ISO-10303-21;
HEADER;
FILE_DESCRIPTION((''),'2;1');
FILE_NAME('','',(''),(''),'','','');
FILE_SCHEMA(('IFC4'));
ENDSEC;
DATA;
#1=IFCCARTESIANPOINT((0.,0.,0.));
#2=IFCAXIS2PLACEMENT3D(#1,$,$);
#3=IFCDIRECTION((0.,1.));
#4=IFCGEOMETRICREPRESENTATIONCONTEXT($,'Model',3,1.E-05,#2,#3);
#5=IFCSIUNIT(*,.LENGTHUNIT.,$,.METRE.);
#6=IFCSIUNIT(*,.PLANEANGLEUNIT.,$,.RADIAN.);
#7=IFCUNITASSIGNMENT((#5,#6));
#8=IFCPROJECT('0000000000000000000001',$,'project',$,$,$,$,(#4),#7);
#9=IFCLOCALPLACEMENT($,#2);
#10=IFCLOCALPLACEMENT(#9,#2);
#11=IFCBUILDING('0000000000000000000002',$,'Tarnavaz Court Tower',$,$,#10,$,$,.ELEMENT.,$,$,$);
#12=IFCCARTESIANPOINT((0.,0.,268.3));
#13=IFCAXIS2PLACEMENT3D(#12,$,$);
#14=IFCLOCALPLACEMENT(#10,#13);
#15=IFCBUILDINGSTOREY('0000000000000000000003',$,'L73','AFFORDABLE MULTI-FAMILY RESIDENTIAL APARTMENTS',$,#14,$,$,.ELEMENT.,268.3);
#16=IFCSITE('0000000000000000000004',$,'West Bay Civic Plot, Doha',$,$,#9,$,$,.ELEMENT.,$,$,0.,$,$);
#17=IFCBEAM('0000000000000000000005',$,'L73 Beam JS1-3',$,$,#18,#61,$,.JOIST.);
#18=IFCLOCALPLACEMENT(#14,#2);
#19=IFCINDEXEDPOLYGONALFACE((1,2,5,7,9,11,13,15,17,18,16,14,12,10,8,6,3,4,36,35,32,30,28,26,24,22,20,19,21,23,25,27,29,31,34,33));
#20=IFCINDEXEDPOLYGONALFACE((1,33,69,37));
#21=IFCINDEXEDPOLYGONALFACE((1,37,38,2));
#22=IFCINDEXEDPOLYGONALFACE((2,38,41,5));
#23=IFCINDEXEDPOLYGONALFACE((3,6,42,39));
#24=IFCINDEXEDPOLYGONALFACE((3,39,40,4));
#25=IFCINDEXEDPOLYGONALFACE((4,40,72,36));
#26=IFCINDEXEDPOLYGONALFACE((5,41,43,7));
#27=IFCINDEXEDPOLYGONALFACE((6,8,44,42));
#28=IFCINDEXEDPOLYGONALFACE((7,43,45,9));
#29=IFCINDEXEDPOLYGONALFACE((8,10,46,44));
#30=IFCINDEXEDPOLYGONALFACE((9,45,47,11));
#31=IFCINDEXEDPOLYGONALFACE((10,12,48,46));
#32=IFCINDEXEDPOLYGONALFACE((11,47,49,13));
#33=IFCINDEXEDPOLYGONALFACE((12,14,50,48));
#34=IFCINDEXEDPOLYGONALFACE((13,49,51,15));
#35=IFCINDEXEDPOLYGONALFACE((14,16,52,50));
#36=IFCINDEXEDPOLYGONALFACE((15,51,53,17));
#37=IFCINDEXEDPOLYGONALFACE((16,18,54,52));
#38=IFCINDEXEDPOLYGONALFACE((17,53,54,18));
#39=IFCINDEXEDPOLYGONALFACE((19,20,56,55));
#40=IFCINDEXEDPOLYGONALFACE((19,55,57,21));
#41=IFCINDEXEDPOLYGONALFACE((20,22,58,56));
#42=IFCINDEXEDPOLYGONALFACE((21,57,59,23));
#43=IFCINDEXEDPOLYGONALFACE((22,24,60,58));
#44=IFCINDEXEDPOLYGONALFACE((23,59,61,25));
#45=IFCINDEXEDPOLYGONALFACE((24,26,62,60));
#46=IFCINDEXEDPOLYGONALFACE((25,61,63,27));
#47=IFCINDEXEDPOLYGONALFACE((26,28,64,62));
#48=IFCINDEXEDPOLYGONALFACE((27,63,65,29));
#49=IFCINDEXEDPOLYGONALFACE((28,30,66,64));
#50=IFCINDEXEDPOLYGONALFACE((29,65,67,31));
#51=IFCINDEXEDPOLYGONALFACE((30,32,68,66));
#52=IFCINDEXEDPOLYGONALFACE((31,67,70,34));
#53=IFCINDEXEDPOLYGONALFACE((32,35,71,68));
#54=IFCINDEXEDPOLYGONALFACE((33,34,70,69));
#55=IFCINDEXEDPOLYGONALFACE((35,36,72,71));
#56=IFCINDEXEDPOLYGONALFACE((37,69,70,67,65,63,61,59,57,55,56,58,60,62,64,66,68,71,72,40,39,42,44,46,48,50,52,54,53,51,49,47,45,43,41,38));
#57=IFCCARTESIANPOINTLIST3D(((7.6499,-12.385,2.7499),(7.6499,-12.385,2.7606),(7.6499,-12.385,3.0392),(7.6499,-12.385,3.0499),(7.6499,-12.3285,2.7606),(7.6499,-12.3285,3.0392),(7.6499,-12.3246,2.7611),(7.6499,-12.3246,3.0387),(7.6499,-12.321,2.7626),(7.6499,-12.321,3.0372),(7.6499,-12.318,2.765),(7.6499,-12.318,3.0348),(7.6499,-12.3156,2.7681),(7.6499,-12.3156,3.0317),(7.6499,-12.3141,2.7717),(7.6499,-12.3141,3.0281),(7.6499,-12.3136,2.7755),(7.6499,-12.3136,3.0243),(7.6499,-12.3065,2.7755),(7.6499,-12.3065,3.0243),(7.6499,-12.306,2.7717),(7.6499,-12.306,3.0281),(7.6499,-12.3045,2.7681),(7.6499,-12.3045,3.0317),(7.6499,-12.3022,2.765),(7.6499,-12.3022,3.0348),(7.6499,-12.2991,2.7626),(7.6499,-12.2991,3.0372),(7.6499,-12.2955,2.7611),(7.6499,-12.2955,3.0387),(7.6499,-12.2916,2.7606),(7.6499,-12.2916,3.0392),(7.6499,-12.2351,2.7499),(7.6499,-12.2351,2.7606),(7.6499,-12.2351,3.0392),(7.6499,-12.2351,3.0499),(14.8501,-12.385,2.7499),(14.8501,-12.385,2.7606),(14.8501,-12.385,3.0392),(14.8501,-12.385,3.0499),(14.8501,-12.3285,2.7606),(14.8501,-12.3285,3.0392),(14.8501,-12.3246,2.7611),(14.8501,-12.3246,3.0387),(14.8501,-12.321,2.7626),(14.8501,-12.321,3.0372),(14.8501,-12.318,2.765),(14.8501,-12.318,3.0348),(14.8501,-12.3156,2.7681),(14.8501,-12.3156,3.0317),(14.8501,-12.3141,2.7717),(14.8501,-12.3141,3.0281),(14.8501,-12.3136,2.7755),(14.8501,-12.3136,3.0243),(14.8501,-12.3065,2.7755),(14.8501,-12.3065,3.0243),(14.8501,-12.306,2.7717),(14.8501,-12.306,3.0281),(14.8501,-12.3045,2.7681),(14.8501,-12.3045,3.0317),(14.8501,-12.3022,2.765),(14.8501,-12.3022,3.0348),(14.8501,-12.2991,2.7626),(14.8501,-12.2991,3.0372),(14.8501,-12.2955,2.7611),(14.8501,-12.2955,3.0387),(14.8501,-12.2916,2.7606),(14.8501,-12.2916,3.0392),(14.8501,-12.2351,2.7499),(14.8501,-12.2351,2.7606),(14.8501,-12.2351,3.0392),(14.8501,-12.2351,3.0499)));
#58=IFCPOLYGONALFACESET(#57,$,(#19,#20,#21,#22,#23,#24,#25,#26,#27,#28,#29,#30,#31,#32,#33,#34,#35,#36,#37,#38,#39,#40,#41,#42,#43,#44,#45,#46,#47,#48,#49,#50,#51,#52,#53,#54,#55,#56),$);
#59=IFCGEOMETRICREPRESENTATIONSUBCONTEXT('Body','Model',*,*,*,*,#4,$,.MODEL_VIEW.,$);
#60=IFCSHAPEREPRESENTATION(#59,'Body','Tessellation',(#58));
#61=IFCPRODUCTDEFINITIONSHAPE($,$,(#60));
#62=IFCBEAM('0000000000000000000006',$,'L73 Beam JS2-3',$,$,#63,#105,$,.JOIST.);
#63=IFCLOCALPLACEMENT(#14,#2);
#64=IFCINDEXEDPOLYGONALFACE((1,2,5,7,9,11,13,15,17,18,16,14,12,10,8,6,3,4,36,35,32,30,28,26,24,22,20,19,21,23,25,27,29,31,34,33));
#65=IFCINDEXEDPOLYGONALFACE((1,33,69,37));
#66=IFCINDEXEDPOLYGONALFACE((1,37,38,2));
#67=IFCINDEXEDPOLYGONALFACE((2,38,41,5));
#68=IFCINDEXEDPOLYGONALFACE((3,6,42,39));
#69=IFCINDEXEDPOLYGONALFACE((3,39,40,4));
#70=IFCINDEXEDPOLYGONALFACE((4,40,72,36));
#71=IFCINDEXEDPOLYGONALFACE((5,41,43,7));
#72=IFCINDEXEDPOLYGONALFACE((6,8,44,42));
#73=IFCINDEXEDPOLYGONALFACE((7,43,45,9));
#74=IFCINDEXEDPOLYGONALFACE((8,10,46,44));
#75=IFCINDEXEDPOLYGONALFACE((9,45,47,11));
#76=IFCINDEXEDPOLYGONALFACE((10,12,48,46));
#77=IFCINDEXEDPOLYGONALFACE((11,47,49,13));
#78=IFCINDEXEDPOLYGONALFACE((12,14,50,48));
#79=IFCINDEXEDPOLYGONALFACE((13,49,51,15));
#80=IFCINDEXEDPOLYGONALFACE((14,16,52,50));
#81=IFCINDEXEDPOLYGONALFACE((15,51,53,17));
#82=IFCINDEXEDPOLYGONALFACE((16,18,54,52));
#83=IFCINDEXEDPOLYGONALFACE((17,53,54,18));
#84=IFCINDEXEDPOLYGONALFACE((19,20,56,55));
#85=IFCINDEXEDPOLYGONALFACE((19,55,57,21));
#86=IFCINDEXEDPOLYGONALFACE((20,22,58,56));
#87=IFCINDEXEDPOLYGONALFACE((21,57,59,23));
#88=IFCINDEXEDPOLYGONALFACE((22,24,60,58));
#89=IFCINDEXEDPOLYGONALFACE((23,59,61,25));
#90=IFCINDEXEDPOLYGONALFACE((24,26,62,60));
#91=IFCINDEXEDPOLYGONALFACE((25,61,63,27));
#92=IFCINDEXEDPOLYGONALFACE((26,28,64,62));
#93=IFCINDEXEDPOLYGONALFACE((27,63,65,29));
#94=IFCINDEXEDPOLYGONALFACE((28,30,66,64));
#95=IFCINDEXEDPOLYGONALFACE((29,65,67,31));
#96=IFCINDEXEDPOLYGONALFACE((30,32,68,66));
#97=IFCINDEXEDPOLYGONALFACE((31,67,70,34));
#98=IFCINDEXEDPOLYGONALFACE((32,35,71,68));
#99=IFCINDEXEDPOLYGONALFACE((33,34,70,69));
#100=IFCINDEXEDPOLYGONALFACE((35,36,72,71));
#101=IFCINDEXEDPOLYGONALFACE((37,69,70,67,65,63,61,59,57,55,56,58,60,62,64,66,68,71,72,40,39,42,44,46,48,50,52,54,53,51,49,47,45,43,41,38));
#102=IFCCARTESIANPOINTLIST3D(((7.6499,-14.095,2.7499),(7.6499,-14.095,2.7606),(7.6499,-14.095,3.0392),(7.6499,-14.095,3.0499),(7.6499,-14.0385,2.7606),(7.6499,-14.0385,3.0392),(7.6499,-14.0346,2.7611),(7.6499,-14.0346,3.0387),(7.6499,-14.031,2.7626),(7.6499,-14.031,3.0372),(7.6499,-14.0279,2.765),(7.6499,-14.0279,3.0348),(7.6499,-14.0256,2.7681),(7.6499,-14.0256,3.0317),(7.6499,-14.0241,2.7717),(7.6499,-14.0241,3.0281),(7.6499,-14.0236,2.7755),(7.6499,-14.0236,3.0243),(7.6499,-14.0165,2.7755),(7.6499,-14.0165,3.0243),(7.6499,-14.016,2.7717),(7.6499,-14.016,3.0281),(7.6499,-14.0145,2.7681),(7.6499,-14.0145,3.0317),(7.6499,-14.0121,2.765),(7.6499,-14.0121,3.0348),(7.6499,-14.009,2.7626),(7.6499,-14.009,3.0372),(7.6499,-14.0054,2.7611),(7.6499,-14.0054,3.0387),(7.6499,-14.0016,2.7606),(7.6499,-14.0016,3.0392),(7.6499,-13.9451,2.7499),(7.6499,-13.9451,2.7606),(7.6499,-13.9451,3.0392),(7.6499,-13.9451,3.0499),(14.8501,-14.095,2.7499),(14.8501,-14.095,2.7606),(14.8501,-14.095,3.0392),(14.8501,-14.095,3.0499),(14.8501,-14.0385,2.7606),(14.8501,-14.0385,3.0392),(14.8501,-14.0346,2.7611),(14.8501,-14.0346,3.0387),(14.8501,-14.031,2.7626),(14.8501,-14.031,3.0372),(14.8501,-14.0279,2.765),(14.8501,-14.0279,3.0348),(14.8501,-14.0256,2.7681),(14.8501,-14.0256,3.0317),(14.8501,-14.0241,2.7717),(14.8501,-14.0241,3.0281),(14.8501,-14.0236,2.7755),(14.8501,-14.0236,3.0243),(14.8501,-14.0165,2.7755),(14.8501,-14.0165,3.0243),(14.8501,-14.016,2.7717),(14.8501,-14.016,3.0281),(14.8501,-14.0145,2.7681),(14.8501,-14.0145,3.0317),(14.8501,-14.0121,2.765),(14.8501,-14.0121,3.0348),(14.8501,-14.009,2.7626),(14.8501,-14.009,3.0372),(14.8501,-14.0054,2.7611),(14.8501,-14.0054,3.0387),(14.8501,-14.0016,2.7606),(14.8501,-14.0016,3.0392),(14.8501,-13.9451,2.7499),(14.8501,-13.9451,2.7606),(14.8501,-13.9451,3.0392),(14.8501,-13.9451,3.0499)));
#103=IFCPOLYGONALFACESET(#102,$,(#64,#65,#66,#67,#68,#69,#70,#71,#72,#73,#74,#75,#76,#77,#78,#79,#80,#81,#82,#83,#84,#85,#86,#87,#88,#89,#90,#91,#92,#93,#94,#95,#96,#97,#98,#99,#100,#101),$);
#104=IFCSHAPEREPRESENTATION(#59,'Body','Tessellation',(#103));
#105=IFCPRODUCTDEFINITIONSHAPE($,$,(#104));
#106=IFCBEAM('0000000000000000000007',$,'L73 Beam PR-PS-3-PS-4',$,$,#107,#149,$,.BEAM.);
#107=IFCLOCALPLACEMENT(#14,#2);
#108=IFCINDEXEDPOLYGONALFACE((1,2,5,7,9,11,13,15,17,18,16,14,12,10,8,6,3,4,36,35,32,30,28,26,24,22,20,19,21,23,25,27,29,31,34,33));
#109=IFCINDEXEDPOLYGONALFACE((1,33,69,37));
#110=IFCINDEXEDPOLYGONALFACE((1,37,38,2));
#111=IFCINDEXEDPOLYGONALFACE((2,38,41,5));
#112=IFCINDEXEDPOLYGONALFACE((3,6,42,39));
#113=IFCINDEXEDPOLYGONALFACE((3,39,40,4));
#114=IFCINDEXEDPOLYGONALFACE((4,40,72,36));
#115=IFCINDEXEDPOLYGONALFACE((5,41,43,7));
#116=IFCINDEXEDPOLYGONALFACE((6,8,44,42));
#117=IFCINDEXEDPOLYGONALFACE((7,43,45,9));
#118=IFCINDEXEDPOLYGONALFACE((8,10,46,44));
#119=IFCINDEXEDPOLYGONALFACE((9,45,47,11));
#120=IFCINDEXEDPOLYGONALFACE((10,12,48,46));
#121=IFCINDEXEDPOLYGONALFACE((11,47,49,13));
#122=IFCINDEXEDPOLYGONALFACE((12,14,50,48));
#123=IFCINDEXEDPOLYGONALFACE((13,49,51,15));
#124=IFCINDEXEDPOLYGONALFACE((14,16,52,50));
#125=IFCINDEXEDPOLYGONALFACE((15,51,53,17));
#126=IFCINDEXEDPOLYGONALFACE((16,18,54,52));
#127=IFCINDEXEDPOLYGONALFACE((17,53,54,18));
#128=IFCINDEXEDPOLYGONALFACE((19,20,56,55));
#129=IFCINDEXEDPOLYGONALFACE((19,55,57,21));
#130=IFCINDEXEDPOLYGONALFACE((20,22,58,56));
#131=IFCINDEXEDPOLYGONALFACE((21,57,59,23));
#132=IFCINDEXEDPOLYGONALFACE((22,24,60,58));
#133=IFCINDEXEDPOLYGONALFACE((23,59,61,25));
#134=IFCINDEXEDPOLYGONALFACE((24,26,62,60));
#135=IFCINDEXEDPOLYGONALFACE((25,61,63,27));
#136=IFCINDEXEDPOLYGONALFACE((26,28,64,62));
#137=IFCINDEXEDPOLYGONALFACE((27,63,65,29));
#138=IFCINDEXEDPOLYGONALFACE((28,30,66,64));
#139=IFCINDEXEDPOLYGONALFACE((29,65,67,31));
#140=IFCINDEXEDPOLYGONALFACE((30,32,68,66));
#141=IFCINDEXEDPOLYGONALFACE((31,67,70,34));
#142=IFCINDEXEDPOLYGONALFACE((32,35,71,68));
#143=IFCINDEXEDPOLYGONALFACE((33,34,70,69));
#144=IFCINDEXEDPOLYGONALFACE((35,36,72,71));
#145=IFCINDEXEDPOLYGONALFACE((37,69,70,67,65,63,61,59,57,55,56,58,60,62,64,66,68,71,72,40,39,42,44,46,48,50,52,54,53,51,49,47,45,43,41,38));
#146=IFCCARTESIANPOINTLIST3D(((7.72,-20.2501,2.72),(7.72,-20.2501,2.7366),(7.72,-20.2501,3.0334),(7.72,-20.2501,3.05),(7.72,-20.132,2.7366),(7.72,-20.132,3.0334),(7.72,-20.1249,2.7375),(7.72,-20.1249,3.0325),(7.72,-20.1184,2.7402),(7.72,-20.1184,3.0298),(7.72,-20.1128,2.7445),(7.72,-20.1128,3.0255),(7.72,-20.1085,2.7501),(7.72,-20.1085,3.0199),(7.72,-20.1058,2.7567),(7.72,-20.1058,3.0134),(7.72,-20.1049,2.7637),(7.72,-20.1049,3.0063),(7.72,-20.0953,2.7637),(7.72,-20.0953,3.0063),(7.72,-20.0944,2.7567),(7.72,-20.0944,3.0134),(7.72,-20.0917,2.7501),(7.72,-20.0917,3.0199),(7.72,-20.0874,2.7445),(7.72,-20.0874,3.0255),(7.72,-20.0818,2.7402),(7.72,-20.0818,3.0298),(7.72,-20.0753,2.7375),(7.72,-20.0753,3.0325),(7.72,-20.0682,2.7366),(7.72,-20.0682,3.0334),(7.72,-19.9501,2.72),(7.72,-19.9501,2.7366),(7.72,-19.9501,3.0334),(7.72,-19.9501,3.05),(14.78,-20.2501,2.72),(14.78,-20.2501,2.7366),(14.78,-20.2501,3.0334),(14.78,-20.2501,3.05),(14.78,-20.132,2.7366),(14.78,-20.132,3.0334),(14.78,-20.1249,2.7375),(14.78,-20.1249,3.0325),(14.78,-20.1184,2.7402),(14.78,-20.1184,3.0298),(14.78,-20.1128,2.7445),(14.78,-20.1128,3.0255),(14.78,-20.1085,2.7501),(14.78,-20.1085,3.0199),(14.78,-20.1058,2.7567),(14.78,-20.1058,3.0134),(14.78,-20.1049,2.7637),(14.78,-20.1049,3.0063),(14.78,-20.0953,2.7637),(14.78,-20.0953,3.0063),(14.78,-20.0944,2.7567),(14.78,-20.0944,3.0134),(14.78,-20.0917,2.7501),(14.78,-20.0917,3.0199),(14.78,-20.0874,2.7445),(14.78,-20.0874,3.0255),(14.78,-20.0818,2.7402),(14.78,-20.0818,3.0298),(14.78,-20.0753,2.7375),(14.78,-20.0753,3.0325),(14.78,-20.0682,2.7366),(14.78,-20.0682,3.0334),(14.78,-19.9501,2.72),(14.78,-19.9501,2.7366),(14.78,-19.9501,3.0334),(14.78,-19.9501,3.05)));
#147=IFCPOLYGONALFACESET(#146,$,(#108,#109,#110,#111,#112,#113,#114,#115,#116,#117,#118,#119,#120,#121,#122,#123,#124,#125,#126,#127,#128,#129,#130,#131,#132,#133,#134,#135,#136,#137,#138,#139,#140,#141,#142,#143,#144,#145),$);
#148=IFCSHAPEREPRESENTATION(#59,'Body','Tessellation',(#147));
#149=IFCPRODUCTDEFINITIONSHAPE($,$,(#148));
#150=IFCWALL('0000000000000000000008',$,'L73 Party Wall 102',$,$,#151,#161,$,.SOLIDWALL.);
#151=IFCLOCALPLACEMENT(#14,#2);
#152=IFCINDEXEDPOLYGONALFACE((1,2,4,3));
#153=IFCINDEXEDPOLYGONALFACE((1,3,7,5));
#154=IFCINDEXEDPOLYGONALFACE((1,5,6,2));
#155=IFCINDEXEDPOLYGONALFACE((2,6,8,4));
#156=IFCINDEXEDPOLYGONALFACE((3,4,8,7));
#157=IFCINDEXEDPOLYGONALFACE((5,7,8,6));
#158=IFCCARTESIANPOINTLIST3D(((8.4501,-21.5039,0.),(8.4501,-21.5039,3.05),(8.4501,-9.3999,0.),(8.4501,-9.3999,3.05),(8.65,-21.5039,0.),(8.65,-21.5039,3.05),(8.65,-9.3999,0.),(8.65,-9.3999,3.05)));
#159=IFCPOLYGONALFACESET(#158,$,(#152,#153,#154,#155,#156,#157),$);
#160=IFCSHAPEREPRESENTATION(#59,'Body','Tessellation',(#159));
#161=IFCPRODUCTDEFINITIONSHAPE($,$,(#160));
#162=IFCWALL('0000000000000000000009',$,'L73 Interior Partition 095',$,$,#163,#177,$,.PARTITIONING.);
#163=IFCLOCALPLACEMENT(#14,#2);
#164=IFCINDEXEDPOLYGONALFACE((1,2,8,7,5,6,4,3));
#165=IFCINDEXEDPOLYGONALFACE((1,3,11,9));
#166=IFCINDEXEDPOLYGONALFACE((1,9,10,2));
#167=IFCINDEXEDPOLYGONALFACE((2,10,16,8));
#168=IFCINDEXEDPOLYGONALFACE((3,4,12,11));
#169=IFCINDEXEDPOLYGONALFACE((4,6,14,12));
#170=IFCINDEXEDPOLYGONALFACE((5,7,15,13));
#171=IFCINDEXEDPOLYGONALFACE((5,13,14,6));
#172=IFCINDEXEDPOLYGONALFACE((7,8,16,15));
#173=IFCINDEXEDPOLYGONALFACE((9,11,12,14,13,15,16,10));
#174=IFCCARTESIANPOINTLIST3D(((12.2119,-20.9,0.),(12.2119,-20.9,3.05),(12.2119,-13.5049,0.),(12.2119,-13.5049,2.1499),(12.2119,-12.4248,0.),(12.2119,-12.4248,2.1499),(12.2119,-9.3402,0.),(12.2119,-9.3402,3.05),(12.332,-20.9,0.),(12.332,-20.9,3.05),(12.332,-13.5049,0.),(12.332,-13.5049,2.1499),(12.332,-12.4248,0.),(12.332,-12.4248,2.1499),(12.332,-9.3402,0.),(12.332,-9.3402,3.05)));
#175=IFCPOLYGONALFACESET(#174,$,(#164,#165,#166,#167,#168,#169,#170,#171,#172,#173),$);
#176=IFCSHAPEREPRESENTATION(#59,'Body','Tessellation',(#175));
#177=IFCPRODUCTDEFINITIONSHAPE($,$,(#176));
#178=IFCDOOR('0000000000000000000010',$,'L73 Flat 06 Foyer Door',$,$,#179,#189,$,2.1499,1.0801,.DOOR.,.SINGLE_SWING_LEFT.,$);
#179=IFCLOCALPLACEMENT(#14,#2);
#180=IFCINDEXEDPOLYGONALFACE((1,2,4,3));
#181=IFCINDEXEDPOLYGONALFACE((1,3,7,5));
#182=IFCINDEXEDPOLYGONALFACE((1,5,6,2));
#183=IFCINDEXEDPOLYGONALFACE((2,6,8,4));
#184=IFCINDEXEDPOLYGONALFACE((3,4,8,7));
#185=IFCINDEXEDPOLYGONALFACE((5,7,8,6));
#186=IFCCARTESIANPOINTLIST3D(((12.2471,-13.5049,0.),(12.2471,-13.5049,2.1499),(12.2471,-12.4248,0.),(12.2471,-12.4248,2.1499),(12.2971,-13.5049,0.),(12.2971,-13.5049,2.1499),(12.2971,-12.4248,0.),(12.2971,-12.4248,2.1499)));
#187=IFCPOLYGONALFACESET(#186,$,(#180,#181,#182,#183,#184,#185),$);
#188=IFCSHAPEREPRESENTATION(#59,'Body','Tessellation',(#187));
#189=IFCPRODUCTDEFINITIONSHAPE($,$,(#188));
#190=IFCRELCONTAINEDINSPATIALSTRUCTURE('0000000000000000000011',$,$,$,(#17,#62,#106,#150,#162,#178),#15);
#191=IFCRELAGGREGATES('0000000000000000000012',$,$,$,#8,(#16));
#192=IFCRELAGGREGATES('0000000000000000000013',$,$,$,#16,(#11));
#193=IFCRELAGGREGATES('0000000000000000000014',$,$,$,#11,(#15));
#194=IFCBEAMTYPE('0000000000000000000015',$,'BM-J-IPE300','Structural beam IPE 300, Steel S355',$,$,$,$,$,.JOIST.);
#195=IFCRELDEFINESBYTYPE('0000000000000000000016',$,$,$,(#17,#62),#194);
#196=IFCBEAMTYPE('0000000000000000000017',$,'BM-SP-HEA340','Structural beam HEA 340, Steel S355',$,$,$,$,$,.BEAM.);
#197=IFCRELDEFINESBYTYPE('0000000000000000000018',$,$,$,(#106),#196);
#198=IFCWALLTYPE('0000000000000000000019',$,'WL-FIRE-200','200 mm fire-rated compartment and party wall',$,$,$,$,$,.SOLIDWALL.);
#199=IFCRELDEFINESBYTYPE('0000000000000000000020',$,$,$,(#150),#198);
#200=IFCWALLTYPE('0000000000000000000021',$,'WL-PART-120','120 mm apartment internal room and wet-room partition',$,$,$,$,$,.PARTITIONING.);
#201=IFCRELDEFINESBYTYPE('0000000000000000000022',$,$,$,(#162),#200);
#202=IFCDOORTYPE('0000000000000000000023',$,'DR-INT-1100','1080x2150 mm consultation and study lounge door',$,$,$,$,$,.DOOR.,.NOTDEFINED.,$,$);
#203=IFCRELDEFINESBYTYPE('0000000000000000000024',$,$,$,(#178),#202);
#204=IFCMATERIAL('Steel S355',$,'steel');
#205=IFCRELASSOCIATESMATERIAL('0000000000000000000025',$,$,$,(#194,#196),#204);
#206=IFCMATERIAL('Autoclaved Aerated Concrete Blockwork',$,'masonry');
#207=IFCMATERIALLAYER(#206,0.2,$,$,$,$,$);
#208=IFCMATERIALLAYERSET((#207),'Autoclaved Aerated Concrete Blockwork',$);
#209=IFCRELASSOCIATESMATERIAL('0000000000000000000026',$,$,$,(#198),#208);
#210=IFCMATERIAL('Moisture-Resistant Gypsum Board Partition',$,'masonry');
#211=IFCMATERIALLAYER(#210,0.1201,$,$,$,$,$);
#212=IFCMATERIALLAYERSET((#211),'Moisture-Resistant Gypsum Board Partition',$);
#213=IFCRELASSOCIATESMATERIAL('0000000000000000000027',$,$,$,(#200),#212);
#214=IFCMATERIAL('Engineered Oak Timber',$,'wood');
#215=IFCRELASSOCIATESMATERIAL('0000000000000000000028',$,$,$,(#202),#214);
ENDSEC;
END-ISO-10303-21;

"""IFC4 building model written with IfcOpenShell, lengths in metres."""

from ifc_helpers import new_model, si_unit, direction, frame, frame_2d, origin, origin_2d, place, context, subcontext, project, spatial, rectangle, i_section, extrude, material, layer, layer_set, material_profile, profile_set, type_object, element, fill, save


model = new_model("IFC4")

# Units and contexts
model_context = context("Model", 3, precision=1e-05, world=origin(), true_north=direction((0.0, 1.0)))
body_context = subcontext(model_context, "Body", "Model", "MODEL_VIEW")
ifc_project = project(units=[si_unit("LENGTHUNIT", "METRE"), si_unit("PLANEANGLEUNIT", "RADIAN")], contexts=[model_context])

# Site, building, storey
site_placement = place(None, origin())
site = spatial("IfcSite", under=ifc_project, at=site_placement, Name="West Bay Civic Plot, Doha", CompositionType="ELEMENT", RefElevation=0.0)
building_placement = place(site_placement, origin())
building = spatial("IfcBuilding", under=site, at=building_placement, Name="Tarnavaz Court Tower", CompositionType="ELEMENT")
storey_placement = place(building_placement, frame((0.0, 0.0, 268.3)))
storey = spatial("IfcBuildingStorey", under=building, at=storey_placement, Name="L73", Description="AFFORDABLE MULTI-FAMILY RESIDENTIAL APARTMENTS", CompositionType="ELEMENT", Elevation=268.3)

# Beams
ifc_material_1 = material(Name="Steel S355", Category="steel")
ifc_material_profile_1 = material_profile(ifc_material_1, i_section(OverallWidth=0.1499, OverallDepth=0.3, WebThickness=0.0071, FlangeThickness=0.0107, FilletRadius=0.0149, at=origin_2d()), Name="IPE 300")
ifc_profile_set_1 = profile_set([ifc_material_profile_1], Name="Steel S355")
beam_type_1 = type_object("IfcBeamType", Name="BM-J-IPE300", Description="Structural beam IPE 300, Steel S355", PredefinedType="JOIST", material=ifc_profile_set_1)
for number, where, z_axis, x_axis, name in (
    (1, (7.6499, -12.3101, 2.8999), (1.0, 0.0, 0.0), (0.0, 1.0, 0.0), "L73 Beam JS1-3"),
    (2, (7.6499, -14.02, 2.8999), (1.0, 0.0, 0.0), (0.0, 1.0, 0.0), "L73 Beam JS2-3"),
):
    element("IfcBeam", number, at=place(storey_placement, frame(where, z_axis=z_axis, x_axis=x_axis)), inside=storey, type_object=beam_type_1, Name=name, PredefinedType="JOIST", context=body_context, shape_type="SweptSolid", body=[
        extrude(i_section(OverallWidth=0.1499, OverallDepth=0.3, WebThickness=0.0071, FlangeThickness=0.0107, FilletRadius=0.0149, at=origin_2d()), origin(), (0.0, 0.0, 1.0), 7.2002),
    ])
ifc_material_profile_2 = material_profile(ifc_material_1, i_section(OverallWidth=0.3, OverallDepth=0.3301, WebThickness=0.0095, FlangeThickness=0.0166, FilletRadius=0.0271, at=origin_2d()), Name="HEA 340")
ifc_profile_set_2 = profile_set([ifc_material_profile_2], Name="Steel S355")
beam_type_2 = type_object("IfcBeamType", Name="BM-SP-HEA340", Description="Structural beam HEA 340, Steel S355", PredefinedType="BEAM", material=ifc_profile_set_2)
beam_placement = place(storey_placement, frame((7.72, -20.1001, 2.885), z_axis=(1.0, 0.0, 0.0), x_axis=(0.0, 1.0, 0.0)))
element("IfcBeam", 3, at=beam_placement, inside=storey, type_object=beam_type_2, Name="L73 Beam PR-PS-3-PS-4", PredefinedType="BEAM", context=body_context, shape_type="SweptSolid", body=[
    extrude(i_section(OverallWidth=0.3, OverallDepth=0.3301, WebThickness=0.0095, FlangeThickness=0.0166, FilletRadius=0.0271, at=origin_2d()), origin(), (0.0, 0.0, 1.0), 7.0601),
])

# Wall
ifc_material_2 = material(Name="Autoclaved Aerated Concrete Blockwork", Category="masonry")
ifc_layer_1 = layer(ifc_material_2, 0.2)
ifc_layer_set_1 = layer_set([ifc_layer_1], Name="Autoclaved Aerated Concrete Blockwork")
wall_type_1 = type_object("IfcWallType", Name="WL-FIRE-200", Description="200 mm fire-rated compartment and party wall", PredefinedType="SOLIDWALL", material=ifc_layer_set_1)
wall_1_placement = place(storey_placement, frame((8.55, -21.5039, 0.0), z_axis=(0.0, 0.0, 1.0), x_axis=(0.0, 1.0, 0.0)))
element("IfcWall", 4, at=wall_1_placement, inside=storey, type_object=wall_type_1, Name="L73 Party Wall 102", PredefinedType="SOLIDWALL", context=body_context, shape_type="SweptSolid", body=[
    extrude(rectangle(XDim=12.104, YDim=0.2, at=frame_2d((6.052, 0.0))), origin(), (0.0, 0.0, 1.0), 3.05),
])

# Wall, opening, door
ifc_material_3 = material(Name="Moisture-Resistant Gypsum Board Partition", Category="masonry")
ifc_layer_2 = layer(ifc_material_3, 0.1201)
ifc_layer_set_2 = layer_set([ifc_layer_2], Name="Moisture-Resistant Gypsum Board Partition")
wall_type_2 = type_object("IfcWallType", Name="WL-PART-120", Description="120 mm apartment internal room and wet-room partition", PredefinedType="PARTITIONING", material=ifc_layer_set_2)
wall_2_placement = place(storey_placement, frame((12.272, -20.8999, 0.0), z_axis=(0.0, 0.0, 1.0), x_axis=(0.0, 1.0, 0.0)))
wall_2 = element("IfcWall", 5, at=wall_2_placement, inside=storey, type_object=wall_type_2, Name="L73 Interior Partition 095", PredefinedType="PARTITIONING", context=body_context, shape_type="SweptSolid", body=[
    extrude(rectangle(XDim=11.5598, YDim=0.1201, at=frame_2d((5.7798, 0.0))), origin(), (0.0, 0.0, 1.0), 3.05),
])
opening_1_placement = place(wall_2_placement, frame((7.395, 0.0, 0.0)))
opening_1 = element("IfcOpeningElement", 6, at=opening_1_placement, cuts=wall_2, PredefinedType="OPENING", context=body_context, shape_type="SweptSolid", body=[
    extrude(rectangle(XDim=1.0801, YDim=2.1499, at=frame_2d((0.54, 1.075))), frame((0.0, 0.0701, 0.0), z_axis=(0.0, -1.0, 0.0), x_axis=(1.0, 0.0, 0.0)), (0.0, 0.0, 1.0), 0.1401),
])
ifc_material_4 = material(Name="Engineered Oak Timber", Category="wood")
door_type_1 = type_object("IfcDoorType", Name="DR-INT-1100", Description="1080x2150 mm consultation and study lounge door", OperationType="NOTDEFINED", PredefinedType="DOOR", material=ifc_material_4)
door_1_placement = place(opening_1_placement, origin())
door_1 = element("IfcDoor", 7, at=door_1_placement, inside=storey, type_object=door_type_1, Name="L73 Flat 06 Foyer Door", OperationType="SINGLE_SWING_LEFT", OverallHeight=2.1499, OverallWidth=1.0801, PredefinedType="DOOR", context=body_context, shape_type="SweptSolid", body=[
    extrude(rectangle(XDim=1.0801, YDim=2.1499, at=frame_2d((0.54, 1.075))), frame((0.0, 0.0249, 0.0), z_axis=(0.0, -1.0, 0.0), x_axis=(1.0, 0.0, 0.0)), (0.0, 0.0, 1.0), 0.05),
])
fill(opening_1, door_1)

save(model, "model.ifc")
